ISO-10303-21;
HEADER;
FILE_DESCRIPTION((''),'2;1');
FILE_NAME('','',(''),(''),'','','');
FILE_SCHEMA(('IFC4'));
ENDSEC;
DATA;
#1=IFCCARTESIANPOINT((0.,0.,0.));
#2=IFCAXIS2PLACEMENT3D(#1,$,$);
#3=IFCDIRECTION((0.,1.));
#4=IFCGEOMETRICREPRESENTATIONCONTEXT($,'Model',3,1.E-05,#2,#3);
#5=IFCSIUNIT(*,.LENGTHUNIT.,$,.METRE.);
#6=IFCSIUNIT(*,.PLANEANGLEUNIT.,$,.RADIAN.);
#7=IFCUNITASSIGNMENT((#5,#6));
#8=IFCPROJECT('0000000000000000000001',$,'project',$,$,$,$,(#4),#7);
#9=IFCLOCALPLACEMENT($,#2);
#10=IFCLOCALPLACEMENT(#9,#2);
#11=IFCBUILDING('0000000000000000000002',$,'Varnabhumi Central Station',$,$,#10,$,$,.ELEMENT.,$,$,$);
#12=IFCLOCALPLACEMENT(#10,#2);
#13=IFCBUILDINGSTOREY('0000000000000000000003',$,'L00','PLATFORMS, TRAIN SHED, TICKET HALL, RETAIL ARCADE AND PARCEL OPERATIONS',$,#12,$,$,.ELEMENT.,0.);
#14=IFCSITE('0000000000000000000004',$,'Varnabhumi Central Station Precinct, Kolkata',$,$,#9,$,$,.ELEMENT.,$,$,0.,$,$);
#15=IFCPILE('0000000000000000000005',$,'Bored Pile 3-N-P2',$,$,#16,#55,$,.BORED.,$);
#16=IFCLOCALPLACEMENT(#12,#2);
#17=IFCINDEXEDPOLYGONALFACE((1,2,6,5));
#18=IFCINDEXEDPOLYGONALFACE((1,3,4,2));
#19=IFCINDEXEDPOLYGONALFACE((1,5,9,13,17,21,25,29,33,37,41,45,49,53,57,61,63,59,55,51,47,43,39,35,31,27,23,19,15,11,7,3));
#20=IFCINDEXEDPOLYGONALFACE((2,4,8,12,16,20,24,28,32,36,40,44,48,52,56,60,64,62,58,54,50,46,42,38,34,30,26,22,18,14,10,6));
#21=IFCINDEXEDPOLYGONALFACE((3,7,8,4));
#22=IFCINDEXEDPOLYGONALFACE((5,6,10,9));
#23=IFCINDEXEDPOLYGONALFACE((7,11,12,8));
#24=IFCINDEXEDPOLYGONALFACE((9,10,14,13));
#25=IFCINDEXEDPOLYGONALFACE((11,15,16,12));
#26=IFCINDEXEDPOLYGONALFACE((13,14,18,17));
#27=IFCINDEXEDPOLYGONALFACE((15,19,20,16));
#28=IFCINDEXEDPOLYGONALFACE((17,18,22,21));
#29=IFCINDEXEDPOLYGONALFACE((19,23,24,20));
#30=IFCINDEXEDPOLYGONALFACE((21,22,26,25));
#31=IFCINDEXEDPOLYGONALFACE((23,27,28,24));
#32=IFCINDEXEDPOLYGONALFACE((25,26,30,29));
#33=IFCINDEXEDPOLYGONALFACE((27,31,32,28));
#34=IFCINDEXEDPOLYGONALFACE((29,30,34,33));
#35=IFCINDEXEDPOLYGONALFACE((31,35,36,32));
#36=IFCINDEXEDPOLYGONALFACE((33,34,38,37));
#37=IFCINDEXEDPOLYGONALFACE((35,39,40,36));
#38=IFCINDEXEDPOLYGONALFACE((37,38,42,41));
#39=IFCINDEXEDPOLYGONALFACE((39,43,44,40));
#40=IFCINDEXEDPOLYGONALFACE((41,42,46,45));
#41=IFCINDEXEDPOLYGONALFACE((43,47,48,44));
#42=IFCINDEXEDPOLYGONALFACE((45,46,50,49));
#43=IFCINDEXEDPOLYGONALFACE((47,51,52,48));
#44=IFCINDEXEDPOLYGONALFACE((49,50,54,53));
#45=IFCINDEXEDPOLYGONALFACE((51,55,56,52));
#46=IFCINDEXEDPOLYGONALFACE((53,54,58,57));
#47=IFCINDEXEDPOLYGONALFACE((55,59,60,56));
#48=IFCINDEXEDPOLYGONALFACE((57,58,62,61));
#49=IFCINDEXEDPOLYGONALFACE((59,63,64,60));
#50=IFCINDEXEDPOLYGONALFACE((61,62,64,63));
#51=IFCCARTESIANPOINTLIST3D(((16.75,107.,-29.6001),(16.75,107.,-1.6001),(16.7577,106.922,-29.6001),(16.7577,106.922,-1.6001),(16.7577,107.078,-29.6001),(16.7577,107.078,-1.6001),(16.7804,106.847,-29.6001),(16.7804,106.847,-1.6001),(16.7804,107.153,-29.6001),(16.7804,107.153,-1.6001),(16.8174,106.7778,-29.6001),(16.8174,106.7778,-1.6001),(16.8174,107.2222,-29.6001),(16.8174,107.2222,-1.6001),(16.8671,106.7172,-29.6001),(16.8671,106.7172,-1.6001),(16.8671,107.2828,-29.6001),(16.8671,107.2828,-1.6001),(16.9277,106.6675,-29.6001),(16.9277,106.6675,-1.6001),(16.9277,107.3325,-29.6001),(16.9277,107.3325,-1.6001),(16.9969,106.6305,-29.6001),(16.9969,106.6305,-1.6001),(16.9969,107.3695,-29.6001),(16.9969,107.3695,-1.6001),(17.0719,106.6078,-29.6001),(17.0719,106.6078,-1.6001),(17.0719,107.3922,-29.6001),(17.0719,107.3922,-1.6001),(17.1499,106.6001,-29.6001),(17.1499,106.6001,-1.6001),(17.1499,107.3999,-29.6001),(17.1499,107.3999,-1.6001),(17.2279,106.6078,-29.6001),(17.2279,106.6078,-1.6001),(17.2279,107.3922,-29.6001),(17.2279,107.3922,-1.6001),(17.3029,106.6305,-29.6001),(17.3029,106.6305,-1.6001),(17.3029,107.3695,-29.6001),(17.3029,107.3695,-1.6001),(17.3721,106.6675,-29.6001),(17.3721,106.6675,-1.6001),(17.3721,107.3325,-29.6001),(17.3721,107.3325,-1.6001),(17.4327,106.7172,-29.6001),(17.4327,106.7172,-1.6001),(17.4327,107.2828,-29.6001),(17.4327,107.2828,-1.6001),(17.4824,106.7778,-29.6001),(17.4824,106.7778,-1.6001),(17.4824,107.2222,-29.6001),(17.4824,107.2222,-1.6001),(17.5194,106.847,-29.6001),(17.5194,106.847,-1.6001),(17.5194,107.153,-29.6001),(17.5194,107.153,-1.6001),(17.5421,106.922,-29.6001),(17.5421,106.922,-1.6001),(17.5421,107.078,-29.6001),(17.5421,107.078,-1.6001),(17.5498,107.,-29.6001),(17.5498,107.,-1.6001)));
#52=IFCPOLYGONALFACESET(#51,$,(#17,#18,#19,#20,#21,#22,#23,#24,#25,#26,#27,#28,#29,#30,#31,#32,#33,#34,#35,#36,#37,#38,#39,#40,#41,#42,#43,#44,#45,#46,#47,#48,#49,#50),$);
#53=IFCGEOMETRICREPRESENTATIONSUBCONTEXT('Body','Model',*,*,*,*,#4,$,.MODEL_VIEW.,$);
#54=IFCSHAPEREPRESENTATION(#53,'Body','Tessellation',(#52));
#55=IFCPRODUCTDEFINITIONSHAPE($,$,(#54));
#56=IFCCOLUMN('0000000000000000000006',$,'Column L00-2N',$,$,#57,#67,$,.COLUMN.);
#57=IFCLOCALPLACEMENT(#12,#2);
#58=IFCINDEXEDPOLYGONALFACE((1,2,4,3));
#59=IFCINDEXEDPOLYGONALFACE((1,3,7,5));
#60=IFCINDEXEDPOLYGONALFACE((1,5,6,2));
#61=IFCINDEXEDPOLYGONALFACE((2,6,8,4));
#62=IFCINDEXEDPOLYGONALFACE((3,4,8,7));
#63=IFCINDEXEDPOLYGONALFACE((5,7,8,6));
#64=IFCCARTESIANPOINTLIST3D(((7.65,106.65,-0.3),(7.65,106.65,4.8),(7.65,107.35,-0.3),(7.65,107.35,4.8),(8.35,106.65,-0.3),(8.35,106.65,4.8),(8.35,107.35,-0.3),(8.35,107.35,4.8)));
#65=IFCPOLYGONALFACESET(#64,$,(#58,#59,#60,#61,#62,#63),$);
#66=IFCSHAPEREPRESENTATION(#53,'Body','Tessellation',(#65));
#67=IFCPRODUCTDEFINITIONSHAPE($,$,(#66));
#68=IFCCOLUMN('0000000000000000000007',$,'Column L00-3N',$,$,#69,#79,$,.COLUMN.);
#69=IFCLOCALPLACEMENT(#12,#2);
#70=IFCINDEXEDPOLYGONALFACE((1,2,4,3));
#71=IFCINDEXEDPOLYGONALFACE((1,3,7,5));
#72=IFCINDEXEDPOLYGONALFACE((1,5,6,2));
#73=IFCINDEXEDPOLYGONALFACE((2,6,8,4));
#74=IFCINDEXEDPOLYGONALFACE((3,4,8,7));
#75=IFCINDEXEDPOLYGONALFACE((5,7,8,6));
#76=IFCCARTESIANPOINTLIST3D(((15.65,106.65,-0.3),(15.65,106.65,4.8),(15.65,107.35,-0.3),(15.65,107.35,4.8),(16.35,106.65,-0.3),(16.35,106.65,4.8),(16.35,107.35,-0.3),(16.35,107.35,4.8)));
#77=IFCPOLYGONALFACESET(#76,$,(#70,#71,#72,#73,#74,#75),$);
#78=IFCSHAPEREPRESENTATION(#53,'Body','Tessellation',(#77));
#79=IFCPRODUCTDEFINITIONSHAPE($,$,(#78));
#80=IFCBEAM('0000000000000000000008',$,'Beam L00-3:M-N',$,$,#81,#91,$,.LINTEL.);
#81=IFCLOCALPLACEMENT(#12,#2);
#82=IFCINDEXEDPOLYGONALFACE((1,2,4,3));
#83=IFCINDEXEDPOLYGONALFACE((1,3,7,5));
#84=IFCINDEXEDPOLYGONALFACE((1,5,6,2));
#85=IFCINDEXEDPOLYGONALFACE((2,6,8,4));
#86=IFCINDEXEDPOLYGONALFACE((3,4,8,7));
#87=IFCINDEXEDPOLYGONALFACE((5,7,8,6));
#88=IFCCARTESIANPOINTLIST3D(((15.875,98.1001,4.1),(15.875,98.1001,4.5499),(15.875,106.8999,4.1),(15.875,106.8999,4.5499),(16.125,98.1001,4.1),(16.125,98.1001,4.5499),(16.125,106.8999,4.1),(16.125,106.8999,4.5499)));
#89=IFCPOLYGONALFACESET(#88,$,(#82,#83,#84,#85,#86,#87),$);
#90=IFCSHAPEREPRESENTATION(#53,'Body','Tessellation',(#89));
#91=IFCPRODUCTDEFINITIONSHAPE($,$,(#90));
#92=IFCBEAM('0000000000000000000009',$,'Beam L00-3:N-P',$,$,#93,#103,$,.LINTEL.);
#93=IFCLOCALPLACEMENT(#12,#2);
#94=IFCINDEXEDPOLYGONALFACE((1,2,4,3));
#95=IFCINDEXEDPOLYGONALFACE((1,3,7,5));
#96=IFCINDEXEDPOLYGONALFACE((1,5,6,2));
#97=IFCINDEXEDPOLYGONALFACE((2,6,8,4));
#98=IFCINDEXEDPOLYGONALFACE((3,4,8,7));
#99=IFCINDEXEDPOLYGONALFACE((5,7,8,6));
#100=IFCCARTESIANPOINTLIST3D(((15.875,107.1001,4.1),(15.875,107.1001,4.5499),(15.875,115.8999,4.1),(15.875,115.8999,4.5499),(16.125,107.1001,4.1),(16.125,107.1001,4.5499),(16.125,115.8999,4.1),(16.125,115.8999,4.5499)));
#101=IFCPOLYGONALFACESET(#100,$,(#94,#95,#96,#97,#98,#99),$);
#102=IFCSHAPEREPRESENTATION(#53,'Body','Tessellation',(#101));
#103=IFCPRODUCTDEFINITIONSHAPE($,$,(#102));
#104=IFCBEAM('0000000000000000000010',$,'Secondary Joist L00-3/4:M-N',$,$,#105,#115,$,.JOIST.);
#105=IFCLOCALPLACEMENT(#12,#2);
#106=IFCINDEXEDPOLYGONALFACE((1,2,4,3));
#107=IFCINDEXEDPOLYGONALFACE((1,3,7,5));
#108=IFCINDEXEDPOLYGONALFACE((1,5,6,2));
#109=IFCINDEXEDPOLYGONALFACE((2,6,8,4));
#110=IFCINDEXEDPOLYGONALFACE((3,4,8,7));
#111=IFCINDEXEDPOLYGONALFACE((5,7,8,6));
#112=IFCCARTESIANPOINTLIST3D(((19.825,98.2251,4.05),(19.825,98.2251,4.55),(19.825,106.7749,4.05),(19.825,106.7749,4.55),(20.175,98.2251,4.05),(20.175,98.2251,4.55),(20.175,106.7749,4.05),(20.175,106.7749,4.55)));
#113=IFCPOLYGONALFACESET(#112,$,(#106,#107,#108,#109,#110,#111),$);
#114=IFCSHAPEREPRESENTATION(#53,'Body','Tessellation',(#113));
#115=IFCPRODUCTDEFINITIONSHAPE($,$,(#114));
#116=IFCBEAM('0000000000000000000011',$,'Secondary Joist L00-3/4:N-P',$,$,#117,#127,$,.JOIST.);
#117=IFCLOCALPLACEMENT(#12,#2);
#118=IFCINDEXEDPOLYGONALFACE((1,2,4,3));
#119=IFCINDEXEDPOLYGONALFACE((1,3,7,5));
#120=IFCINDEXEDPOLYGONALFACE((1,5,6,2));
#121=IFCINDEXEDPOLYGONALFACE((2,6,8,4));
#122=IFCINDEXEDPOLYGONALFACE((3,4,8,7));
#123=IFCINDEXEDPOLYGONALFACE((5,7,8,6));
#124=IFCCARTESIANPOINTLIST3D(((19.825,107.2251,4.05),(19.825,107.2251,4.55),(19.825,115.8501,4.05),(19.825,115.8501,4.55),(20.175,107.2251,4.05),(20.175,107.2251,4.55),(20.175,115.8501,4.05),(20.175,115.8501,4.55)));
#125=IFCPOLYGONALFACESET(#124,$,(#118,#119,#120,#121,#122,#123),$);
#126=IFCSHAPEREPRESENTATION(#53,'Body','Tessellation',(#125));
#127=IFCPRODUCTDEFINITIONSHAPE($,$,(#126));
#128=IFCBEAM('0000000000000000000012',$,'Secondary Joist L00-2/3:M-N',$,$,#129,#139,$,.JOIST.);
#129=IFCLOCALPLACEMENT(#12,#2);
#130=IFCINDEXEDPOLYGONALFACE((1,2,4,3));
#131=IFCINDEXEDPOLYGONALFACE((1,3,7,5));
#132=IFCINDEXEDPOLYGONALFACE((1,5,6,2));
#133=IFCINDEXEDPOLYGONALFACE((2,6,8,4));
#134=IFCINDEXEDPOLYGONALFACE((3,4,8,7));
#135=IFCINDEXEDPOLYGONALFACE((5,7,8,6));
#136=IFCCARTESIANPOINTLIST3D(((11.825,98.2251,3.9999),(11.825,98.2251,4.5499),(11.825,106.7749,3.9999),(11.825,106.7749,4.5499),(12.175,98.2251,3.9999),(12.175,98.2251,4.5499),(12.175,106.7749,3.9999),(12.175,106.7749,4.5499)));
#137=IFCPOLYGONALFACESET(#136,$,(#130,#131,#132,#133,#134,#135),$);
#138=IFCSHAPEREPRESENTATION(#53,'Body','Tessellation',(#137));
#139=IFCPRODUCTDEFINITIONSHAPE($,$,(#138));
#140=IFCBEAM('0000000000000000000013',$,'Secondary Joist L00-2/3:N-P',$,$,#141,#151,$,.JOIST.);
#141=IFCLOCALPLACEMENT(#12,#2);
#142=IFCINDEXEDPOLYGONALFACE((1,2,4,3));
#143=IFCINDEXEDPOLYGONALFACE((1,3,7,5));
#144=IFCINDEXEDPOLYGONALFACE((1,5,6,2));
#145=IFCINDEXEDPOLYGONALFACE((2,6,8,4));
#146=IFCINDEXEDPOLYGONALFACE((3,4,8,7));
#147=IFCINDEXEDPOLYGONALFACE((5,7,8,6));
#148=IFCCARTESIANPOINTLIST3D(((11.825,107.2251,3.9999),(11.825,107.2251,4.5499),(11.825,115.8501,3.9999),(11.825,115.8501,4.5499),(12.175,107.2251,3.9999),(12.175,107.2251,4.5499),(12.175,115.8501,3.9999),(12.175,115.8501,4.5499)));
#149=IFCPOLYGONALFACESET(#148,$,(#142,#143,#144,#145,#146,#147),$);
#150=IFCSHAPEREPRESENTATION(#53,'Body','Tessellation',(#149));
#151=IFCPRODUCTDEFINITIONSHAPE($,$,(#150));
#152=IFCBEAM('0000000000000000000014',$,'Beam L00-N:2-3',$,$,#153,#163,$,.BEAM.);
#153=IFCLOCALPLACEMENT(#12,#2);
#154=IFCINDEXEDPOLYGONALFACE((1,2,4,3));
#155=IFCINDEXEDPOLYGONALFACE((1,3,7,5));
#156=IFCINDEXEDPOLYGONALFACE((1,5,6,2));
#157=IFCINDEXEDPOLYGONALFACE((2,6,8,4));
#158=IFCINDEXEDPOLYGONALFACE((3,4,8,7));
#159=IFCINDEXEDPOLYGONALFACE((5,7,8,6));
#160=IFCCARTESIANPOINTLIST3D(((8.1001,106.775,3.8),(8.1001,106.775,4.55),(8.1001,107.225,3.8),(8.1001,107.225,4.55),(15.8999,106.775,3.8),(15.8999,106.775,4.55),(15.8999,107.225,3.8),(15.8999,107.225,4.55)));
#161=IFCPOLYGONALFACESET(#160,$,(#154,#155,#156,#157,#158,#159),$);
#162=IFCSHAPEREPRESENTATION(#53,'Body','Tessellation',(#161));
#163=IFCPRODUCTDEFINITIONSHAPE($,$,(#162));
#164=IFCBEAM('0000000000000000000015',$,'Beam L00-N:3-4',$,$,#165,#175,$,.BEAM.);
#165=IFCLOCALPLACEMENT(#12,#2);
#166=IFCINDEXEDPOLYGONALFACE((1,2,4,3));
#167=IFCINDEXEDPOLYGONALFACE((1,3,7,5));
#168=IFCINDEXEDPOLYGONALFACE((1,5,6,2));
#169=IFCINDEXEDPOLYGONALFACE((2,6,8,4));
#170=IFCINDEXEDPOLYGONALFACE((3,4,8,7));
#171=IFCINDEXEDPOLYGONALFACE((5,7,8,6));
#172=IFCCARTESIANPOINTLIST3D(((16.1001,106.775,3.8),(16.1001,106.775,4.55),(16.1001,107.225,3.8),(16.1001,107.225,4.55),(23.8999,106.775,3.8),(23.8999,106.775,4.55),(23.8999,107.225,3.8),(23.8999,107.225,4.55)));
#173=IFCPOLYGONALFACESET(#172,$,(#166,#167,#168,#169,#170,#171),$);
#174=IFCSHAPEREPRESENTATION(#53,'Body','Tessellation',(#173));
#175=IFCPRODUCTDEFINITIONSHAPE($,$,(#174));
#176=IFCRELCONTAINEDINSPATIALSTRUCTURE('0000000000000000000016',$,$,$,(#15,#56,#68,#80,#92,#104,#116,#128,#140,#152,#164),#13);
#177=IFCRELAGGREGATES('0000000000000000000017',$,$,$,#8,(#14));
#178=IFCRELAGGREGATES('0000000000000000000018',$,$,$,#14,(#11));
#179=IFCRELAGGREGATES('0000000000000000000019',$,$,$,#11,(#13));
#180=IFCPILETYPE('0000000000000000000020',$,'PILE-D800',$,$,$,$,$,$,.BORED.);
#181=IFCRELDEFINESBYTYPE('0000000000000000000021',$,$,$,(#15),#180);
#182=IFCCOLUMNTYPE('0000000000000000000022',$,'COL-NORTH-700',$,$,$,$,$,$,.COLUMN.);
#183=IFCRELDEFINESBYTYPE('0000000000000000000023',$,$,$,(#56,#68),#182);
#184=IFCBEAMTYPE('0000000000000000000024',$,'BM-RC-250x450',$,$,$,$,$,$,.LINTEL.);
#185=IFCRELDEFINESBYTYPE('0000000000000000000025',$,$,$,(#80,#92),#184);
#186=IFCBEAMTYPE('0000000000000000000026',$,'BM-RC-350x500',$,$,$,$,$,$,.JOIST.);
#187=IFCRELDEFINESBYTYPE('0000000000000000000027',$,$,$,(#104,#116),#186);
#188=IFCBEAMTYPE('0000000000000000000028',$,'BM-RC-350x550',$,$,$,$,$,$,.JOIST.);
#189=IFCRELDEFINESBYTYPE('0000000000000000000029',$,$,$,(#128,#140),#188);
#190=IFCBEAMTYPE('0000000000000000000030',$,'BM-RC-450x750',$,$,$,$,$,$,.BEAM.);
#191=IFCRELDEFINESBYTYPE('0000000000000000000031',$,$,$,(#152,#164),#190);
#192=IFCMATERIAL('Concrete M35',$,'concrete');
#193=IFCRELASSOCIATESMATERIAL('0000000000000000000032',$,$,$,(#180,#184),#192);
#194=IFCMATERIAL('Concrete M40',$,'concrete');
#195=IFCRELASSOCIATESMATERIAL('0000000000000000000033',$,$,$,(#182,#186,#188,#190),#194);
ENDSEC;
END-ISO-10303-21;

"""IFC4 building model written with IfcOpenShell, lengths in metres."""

from ifc_helpers import new_model, si_unit, direction, frame, origin, origin_2d, place, context, subcontext, project, spatial, rectangle, circle, extrude, material, material_profile, profile_set, type_object, element, save


model = new_model("IFC4")

# Units and contexts
model_context = context("Model", 3, precision=1e-05, world=origin(), true_north=direction((0.0, 1.0)))
body_context = subcontext(model_context, "Body", "Model", "MODEL_VIEW")
ifc_project = project(units=[si_unit("LENGTHUNIT", "METRE"), si_unit("PLANEANGLEUNIT", "RADIAN")], contexts=[model_context])

# Site, building, storey
site_placement = place(None, origin())
site = spatial("IfcSite", under=ifc_project, at=site_placement, Name="Varnabhumi Central Station Precinct, Kolkata", CompositionType="ELEMENT", RefElevation=0.0)
building_placement = place(site_placement, origin())
building = spatial("IfcBuilding", under=site, at=building_placement, Name="Varnabhumi Central Station", CompositionType="ELEMENT")
storey_placement = place(building_placement, origin())
storey = spatial("IfcBuildingStorey", under=building, at=storey_placement, Name="L00", Description="PLATFORMS, TRAIN SHED, TICKET HALL, RETAIL ARCADE AND PARCEL OPERATIONS", CompositionType="ELEMENT", Elevation=0.0)

# Shared definitions
ifc_material_1 = material(Name="Concrete M40", Category="concrete")

# Pile
ifc_material_2 = material(Name="Concrete M35", Category="concrete")
ifc_material_profile_1 = material_profile(ifc_material_2, circle(Radius=0.3999, at=origin_2d()), Name="Concrete M35", Category="concrete")
ifc_profile_set_1 = profile_set([ifc_material_profile_1], Name="Concrete M35")
pile_type_1 = type_object("IfcPileType", Name="PILE-D800", PredefinedType="BORED", material=ifc_profile_set_1)
for number, where, z_axis, x_axis, name in (
    (1, (17.1499, 107.0, -1.6001), (0.0, 0.0, -1.0), (1.0, 0.0, 0.0), "Bored Pile 3-N-P2"),
):
    element("IfcPile", number, at=place(storey_placement, frame(where, z_axis=z_axis, x_axis=x_axis)), inside=storey, type_object=pile_type_1, Name=name, PredefinedType="BORED", context=body_context, shape_type="SweptSolid", body=[
        extrude(circle(Radius=0.3999, at=origin_2d()), origin(), (0.0, 0.0, 1.0), 28.0),
    ])

# Columns
ifc_material_profile_2 = material_profile(ifc_material_1, rectangle(XDim=0.7, YDim=0.7, at=origin_2d()), Name="Concrete M40", Category="concrete")
ifc_profile_set_2 = profile_set([ifc_material_profile_2], Name="Concrete M40")
column_type = type_object("IfcColumnType", Name="COL-NORTH-700", PredefinedType="COLUMN", material=ifc_profile_set_2)
for number, where, z_axis, x_axis, name in (
    (2, (8.0, 107.0, -0.3), (0.0, 0.0, 1.0), (1.0, 0.0, 0.0), "Column L00-2N"),
    (3, (16.0, 107.0, -0.3), (0.0, 0.0, 1.0), (1.0, 0.0, 0.0), "Column L00-3N"),
):
    element("IfcColumn", number, at=place(storey_placement, frame(where, z_axis=z_axis, x_axis=x_axis)), inside=storey, type_object=column_type, Name=name, PredefinedType="COLUMN", context=body_context, shape_type="SweptSolid", body=[
        extrude(rectangle(XDim=0.7, YDim=0.7, at=origin_2d()), origin(), (0.0, 0.0, 1.0), 5.1001),
    ])

# Beams
ifc_material_profile_3 = material_profile(ifc_material_2, rectangle(XDim=0.25, YDim=0.45, at=origin_2d()), Name="Concrete M35", Category="concrete")
ifc_profile_set_3 = profile_set([ifc_material_profile_3], Name="Concrete M35")
beam_type_1 = type_object("IfcBeamType", Name="BM-RC-250x450", PredefinedType="LINTEL", material=ifc_profile_set_3)
for number, where, z_axis, x_axis, name in (
    (4, (16.0, 98.1001, 4.325), (0.0, 1.0, 0.0), (-1.0, 0.0, 0.0), "Beam L00-3:M-N"),
    (5, (16.0, 107.1001, 4.325), (0.0, 1.0, 0.0), (-1.0, 0.0, 0.0), "Beam L00-3:N-P"),
):
    element("IfcBeam", number, at=place(storey_placement, frame(where, z_axis=z_axis, x_axis=x_axis)), inside=storey, type_object=beam_type_1, Name=name, PredefinedType="LINTEL", context=body_context, shape_type="SweptSolid", body=[
        extrude(rectangle(XDim=0.25, YDim=0.45, at=origin_2d()), origin(), (0.0, 0.0, 1.0), 8.7998),
    ])
ifc_material_profile_4 = material_profile(ifc_material_1, rectangle(XDim=0.3501, YDim=0.5, at=origin_2d()), Name="Concrete M40", Category="concrete")
ifc_profile_set_4 = profile_set([ifc_material_profile_4], Name="Concrete M40")
beam_type_2 = type_object("IfcBeamType", Name="BM-RC-350x500", PredefinedType="JOIST", material=ifc_profile_set_4)
beam_1_placement = place(storey_placement, frame((20.0, 98.2251, 4.3), z_axis=(0.0, 1.0, 0.0), x_axis=(-1.0, 0.0, 0.0)))
element("IfcBeam", 6, at=beam_1_placement, inside=storey, type_object=beam_type_2, Name="Secondary Joist L00-3/4:M-N", PredefinedType="JOIST", context=body_context, shape_type="SweptSolid", body=[
    extrude(rectangle(XDim=0.3501, YDim=0.5, at=origin_2d()), origin(), (0.0, 0.0, 1.0), 8.5498),
])
beam_2_placement = place(storey_placement, frame((20.0, 107.2251, 4.3), z_axis=(0.0, 1.0, 0.0), x_axis=(-1.0, 0.0, 0.0)))
element("IfcBeam", 7, at=beam_2_placement, inside=storey, type_object=beam_type_2, Name="Secondary Joist L00-3/4:N-P", PredefinedType="JOIST", context=body_context, shape_type="SweptSolid", body=[
    extrude(rectangle(XDim=0.3501, YDim=0.5, at=origin_2d()), origin(), (0.0, 0.0, 1.0), 8.625),
])
ifc_material_profile_5 = material_profile(ifc_material_1, rectangle(XDim=0.3501, YDim=0.55, at=origin_2d()), Name="Concrete M40", Category="concrete")
ifc_profile_set_5 = profile_set([ifc_material_profile_5], Name="Concrete M40")
beam_type_3 = type_object("IfcBeamType", Name="BM-RC-350x550", PredefinedType="JOIST", material=ifc_profile_set_5)
beam_3_placement = place(storey_placement, frame((12.0, 98.2251, 4.2749), z_axis=(0.0, 1.0, 0.0), x_axis=(-1.0, 0.0, 0.0)))
element("IfcBeam", 8, at=beam_3_placement, inside=storey, type_object=beam_type_3, Name="Secondary Joist L00-2/3:M-N", PredefinedType="JOIST", context=body_context, shape_type="SweptSolid", body=[
    extrude(rectangle(XDim=0.3501, YDim=0.55, at=origin_2d()), origin(), (0.0, 0.0, 1.0), 8.5498),
])
beam_4_placement = place(storey_placement, frame((12.0, 107.2251, 4.2749), z_axis=(0.0, 1.0, 0.0), x_axis=(-1.0, 0.0, 0.0)))
element("IfcBeam", 9, at=beam_4_placement, inside=storey, type_object=beam_type_3, Name="Secondary Joist L00-2/3:N-P", PredefinedType="JOIST", context=body_context, shape_type="SweptSolid", body=[
    extrude(rectangle(XDim=0.3501, YDim=0.55, at=origin_2d()), origin(), (0.0, 0.0, 1.0), 8.625),
])
ifc_material_profile_6 = material_profile(ifc_material_1, rectangle(XDim=0.45, YDim=0.75, at=origin_2d()), Name="Concrete M40", Category="concrete")
ifc_profile_set_6 = profile_set([ifc_material_profile_6], Name="Concrete M40")
beam_type_4 = type_object("IfcBeamType", Name="BM-RC-450x750", PredefinedType="BEAM", material=ifc_profile_set_6)
for number, where, z_axis, x_axis, name in (
    (10, (8.1001, 107.0, 4.175), (1.0, 0.0, 0.0), (0.0, 1.0, 0.0), "Beam L00-N:2-3"),
    (11, (16.1001, 107.0, 4.175), (1.0, 0.0, 0.0), (0.0, 1.0, 0.0), "Beam L00-N:3-4"),
):
    element("IfcBeam", number, at=place(storey_placement, frame(where, z_axis=z_axis, x_axis=x_axis)), inside=storey, type_object=beam_type_4, Name=name, PredefinedType="BEAM", context=body_context, shape_type="SweptSolid", body=[
        extrude(rectangle(XDim=0.45, YDim=0.75, at=origin_2d()), origin(), (0.0, 0.0, 1.0), 7.7998),
    ])

save(model, "model.ifc")
